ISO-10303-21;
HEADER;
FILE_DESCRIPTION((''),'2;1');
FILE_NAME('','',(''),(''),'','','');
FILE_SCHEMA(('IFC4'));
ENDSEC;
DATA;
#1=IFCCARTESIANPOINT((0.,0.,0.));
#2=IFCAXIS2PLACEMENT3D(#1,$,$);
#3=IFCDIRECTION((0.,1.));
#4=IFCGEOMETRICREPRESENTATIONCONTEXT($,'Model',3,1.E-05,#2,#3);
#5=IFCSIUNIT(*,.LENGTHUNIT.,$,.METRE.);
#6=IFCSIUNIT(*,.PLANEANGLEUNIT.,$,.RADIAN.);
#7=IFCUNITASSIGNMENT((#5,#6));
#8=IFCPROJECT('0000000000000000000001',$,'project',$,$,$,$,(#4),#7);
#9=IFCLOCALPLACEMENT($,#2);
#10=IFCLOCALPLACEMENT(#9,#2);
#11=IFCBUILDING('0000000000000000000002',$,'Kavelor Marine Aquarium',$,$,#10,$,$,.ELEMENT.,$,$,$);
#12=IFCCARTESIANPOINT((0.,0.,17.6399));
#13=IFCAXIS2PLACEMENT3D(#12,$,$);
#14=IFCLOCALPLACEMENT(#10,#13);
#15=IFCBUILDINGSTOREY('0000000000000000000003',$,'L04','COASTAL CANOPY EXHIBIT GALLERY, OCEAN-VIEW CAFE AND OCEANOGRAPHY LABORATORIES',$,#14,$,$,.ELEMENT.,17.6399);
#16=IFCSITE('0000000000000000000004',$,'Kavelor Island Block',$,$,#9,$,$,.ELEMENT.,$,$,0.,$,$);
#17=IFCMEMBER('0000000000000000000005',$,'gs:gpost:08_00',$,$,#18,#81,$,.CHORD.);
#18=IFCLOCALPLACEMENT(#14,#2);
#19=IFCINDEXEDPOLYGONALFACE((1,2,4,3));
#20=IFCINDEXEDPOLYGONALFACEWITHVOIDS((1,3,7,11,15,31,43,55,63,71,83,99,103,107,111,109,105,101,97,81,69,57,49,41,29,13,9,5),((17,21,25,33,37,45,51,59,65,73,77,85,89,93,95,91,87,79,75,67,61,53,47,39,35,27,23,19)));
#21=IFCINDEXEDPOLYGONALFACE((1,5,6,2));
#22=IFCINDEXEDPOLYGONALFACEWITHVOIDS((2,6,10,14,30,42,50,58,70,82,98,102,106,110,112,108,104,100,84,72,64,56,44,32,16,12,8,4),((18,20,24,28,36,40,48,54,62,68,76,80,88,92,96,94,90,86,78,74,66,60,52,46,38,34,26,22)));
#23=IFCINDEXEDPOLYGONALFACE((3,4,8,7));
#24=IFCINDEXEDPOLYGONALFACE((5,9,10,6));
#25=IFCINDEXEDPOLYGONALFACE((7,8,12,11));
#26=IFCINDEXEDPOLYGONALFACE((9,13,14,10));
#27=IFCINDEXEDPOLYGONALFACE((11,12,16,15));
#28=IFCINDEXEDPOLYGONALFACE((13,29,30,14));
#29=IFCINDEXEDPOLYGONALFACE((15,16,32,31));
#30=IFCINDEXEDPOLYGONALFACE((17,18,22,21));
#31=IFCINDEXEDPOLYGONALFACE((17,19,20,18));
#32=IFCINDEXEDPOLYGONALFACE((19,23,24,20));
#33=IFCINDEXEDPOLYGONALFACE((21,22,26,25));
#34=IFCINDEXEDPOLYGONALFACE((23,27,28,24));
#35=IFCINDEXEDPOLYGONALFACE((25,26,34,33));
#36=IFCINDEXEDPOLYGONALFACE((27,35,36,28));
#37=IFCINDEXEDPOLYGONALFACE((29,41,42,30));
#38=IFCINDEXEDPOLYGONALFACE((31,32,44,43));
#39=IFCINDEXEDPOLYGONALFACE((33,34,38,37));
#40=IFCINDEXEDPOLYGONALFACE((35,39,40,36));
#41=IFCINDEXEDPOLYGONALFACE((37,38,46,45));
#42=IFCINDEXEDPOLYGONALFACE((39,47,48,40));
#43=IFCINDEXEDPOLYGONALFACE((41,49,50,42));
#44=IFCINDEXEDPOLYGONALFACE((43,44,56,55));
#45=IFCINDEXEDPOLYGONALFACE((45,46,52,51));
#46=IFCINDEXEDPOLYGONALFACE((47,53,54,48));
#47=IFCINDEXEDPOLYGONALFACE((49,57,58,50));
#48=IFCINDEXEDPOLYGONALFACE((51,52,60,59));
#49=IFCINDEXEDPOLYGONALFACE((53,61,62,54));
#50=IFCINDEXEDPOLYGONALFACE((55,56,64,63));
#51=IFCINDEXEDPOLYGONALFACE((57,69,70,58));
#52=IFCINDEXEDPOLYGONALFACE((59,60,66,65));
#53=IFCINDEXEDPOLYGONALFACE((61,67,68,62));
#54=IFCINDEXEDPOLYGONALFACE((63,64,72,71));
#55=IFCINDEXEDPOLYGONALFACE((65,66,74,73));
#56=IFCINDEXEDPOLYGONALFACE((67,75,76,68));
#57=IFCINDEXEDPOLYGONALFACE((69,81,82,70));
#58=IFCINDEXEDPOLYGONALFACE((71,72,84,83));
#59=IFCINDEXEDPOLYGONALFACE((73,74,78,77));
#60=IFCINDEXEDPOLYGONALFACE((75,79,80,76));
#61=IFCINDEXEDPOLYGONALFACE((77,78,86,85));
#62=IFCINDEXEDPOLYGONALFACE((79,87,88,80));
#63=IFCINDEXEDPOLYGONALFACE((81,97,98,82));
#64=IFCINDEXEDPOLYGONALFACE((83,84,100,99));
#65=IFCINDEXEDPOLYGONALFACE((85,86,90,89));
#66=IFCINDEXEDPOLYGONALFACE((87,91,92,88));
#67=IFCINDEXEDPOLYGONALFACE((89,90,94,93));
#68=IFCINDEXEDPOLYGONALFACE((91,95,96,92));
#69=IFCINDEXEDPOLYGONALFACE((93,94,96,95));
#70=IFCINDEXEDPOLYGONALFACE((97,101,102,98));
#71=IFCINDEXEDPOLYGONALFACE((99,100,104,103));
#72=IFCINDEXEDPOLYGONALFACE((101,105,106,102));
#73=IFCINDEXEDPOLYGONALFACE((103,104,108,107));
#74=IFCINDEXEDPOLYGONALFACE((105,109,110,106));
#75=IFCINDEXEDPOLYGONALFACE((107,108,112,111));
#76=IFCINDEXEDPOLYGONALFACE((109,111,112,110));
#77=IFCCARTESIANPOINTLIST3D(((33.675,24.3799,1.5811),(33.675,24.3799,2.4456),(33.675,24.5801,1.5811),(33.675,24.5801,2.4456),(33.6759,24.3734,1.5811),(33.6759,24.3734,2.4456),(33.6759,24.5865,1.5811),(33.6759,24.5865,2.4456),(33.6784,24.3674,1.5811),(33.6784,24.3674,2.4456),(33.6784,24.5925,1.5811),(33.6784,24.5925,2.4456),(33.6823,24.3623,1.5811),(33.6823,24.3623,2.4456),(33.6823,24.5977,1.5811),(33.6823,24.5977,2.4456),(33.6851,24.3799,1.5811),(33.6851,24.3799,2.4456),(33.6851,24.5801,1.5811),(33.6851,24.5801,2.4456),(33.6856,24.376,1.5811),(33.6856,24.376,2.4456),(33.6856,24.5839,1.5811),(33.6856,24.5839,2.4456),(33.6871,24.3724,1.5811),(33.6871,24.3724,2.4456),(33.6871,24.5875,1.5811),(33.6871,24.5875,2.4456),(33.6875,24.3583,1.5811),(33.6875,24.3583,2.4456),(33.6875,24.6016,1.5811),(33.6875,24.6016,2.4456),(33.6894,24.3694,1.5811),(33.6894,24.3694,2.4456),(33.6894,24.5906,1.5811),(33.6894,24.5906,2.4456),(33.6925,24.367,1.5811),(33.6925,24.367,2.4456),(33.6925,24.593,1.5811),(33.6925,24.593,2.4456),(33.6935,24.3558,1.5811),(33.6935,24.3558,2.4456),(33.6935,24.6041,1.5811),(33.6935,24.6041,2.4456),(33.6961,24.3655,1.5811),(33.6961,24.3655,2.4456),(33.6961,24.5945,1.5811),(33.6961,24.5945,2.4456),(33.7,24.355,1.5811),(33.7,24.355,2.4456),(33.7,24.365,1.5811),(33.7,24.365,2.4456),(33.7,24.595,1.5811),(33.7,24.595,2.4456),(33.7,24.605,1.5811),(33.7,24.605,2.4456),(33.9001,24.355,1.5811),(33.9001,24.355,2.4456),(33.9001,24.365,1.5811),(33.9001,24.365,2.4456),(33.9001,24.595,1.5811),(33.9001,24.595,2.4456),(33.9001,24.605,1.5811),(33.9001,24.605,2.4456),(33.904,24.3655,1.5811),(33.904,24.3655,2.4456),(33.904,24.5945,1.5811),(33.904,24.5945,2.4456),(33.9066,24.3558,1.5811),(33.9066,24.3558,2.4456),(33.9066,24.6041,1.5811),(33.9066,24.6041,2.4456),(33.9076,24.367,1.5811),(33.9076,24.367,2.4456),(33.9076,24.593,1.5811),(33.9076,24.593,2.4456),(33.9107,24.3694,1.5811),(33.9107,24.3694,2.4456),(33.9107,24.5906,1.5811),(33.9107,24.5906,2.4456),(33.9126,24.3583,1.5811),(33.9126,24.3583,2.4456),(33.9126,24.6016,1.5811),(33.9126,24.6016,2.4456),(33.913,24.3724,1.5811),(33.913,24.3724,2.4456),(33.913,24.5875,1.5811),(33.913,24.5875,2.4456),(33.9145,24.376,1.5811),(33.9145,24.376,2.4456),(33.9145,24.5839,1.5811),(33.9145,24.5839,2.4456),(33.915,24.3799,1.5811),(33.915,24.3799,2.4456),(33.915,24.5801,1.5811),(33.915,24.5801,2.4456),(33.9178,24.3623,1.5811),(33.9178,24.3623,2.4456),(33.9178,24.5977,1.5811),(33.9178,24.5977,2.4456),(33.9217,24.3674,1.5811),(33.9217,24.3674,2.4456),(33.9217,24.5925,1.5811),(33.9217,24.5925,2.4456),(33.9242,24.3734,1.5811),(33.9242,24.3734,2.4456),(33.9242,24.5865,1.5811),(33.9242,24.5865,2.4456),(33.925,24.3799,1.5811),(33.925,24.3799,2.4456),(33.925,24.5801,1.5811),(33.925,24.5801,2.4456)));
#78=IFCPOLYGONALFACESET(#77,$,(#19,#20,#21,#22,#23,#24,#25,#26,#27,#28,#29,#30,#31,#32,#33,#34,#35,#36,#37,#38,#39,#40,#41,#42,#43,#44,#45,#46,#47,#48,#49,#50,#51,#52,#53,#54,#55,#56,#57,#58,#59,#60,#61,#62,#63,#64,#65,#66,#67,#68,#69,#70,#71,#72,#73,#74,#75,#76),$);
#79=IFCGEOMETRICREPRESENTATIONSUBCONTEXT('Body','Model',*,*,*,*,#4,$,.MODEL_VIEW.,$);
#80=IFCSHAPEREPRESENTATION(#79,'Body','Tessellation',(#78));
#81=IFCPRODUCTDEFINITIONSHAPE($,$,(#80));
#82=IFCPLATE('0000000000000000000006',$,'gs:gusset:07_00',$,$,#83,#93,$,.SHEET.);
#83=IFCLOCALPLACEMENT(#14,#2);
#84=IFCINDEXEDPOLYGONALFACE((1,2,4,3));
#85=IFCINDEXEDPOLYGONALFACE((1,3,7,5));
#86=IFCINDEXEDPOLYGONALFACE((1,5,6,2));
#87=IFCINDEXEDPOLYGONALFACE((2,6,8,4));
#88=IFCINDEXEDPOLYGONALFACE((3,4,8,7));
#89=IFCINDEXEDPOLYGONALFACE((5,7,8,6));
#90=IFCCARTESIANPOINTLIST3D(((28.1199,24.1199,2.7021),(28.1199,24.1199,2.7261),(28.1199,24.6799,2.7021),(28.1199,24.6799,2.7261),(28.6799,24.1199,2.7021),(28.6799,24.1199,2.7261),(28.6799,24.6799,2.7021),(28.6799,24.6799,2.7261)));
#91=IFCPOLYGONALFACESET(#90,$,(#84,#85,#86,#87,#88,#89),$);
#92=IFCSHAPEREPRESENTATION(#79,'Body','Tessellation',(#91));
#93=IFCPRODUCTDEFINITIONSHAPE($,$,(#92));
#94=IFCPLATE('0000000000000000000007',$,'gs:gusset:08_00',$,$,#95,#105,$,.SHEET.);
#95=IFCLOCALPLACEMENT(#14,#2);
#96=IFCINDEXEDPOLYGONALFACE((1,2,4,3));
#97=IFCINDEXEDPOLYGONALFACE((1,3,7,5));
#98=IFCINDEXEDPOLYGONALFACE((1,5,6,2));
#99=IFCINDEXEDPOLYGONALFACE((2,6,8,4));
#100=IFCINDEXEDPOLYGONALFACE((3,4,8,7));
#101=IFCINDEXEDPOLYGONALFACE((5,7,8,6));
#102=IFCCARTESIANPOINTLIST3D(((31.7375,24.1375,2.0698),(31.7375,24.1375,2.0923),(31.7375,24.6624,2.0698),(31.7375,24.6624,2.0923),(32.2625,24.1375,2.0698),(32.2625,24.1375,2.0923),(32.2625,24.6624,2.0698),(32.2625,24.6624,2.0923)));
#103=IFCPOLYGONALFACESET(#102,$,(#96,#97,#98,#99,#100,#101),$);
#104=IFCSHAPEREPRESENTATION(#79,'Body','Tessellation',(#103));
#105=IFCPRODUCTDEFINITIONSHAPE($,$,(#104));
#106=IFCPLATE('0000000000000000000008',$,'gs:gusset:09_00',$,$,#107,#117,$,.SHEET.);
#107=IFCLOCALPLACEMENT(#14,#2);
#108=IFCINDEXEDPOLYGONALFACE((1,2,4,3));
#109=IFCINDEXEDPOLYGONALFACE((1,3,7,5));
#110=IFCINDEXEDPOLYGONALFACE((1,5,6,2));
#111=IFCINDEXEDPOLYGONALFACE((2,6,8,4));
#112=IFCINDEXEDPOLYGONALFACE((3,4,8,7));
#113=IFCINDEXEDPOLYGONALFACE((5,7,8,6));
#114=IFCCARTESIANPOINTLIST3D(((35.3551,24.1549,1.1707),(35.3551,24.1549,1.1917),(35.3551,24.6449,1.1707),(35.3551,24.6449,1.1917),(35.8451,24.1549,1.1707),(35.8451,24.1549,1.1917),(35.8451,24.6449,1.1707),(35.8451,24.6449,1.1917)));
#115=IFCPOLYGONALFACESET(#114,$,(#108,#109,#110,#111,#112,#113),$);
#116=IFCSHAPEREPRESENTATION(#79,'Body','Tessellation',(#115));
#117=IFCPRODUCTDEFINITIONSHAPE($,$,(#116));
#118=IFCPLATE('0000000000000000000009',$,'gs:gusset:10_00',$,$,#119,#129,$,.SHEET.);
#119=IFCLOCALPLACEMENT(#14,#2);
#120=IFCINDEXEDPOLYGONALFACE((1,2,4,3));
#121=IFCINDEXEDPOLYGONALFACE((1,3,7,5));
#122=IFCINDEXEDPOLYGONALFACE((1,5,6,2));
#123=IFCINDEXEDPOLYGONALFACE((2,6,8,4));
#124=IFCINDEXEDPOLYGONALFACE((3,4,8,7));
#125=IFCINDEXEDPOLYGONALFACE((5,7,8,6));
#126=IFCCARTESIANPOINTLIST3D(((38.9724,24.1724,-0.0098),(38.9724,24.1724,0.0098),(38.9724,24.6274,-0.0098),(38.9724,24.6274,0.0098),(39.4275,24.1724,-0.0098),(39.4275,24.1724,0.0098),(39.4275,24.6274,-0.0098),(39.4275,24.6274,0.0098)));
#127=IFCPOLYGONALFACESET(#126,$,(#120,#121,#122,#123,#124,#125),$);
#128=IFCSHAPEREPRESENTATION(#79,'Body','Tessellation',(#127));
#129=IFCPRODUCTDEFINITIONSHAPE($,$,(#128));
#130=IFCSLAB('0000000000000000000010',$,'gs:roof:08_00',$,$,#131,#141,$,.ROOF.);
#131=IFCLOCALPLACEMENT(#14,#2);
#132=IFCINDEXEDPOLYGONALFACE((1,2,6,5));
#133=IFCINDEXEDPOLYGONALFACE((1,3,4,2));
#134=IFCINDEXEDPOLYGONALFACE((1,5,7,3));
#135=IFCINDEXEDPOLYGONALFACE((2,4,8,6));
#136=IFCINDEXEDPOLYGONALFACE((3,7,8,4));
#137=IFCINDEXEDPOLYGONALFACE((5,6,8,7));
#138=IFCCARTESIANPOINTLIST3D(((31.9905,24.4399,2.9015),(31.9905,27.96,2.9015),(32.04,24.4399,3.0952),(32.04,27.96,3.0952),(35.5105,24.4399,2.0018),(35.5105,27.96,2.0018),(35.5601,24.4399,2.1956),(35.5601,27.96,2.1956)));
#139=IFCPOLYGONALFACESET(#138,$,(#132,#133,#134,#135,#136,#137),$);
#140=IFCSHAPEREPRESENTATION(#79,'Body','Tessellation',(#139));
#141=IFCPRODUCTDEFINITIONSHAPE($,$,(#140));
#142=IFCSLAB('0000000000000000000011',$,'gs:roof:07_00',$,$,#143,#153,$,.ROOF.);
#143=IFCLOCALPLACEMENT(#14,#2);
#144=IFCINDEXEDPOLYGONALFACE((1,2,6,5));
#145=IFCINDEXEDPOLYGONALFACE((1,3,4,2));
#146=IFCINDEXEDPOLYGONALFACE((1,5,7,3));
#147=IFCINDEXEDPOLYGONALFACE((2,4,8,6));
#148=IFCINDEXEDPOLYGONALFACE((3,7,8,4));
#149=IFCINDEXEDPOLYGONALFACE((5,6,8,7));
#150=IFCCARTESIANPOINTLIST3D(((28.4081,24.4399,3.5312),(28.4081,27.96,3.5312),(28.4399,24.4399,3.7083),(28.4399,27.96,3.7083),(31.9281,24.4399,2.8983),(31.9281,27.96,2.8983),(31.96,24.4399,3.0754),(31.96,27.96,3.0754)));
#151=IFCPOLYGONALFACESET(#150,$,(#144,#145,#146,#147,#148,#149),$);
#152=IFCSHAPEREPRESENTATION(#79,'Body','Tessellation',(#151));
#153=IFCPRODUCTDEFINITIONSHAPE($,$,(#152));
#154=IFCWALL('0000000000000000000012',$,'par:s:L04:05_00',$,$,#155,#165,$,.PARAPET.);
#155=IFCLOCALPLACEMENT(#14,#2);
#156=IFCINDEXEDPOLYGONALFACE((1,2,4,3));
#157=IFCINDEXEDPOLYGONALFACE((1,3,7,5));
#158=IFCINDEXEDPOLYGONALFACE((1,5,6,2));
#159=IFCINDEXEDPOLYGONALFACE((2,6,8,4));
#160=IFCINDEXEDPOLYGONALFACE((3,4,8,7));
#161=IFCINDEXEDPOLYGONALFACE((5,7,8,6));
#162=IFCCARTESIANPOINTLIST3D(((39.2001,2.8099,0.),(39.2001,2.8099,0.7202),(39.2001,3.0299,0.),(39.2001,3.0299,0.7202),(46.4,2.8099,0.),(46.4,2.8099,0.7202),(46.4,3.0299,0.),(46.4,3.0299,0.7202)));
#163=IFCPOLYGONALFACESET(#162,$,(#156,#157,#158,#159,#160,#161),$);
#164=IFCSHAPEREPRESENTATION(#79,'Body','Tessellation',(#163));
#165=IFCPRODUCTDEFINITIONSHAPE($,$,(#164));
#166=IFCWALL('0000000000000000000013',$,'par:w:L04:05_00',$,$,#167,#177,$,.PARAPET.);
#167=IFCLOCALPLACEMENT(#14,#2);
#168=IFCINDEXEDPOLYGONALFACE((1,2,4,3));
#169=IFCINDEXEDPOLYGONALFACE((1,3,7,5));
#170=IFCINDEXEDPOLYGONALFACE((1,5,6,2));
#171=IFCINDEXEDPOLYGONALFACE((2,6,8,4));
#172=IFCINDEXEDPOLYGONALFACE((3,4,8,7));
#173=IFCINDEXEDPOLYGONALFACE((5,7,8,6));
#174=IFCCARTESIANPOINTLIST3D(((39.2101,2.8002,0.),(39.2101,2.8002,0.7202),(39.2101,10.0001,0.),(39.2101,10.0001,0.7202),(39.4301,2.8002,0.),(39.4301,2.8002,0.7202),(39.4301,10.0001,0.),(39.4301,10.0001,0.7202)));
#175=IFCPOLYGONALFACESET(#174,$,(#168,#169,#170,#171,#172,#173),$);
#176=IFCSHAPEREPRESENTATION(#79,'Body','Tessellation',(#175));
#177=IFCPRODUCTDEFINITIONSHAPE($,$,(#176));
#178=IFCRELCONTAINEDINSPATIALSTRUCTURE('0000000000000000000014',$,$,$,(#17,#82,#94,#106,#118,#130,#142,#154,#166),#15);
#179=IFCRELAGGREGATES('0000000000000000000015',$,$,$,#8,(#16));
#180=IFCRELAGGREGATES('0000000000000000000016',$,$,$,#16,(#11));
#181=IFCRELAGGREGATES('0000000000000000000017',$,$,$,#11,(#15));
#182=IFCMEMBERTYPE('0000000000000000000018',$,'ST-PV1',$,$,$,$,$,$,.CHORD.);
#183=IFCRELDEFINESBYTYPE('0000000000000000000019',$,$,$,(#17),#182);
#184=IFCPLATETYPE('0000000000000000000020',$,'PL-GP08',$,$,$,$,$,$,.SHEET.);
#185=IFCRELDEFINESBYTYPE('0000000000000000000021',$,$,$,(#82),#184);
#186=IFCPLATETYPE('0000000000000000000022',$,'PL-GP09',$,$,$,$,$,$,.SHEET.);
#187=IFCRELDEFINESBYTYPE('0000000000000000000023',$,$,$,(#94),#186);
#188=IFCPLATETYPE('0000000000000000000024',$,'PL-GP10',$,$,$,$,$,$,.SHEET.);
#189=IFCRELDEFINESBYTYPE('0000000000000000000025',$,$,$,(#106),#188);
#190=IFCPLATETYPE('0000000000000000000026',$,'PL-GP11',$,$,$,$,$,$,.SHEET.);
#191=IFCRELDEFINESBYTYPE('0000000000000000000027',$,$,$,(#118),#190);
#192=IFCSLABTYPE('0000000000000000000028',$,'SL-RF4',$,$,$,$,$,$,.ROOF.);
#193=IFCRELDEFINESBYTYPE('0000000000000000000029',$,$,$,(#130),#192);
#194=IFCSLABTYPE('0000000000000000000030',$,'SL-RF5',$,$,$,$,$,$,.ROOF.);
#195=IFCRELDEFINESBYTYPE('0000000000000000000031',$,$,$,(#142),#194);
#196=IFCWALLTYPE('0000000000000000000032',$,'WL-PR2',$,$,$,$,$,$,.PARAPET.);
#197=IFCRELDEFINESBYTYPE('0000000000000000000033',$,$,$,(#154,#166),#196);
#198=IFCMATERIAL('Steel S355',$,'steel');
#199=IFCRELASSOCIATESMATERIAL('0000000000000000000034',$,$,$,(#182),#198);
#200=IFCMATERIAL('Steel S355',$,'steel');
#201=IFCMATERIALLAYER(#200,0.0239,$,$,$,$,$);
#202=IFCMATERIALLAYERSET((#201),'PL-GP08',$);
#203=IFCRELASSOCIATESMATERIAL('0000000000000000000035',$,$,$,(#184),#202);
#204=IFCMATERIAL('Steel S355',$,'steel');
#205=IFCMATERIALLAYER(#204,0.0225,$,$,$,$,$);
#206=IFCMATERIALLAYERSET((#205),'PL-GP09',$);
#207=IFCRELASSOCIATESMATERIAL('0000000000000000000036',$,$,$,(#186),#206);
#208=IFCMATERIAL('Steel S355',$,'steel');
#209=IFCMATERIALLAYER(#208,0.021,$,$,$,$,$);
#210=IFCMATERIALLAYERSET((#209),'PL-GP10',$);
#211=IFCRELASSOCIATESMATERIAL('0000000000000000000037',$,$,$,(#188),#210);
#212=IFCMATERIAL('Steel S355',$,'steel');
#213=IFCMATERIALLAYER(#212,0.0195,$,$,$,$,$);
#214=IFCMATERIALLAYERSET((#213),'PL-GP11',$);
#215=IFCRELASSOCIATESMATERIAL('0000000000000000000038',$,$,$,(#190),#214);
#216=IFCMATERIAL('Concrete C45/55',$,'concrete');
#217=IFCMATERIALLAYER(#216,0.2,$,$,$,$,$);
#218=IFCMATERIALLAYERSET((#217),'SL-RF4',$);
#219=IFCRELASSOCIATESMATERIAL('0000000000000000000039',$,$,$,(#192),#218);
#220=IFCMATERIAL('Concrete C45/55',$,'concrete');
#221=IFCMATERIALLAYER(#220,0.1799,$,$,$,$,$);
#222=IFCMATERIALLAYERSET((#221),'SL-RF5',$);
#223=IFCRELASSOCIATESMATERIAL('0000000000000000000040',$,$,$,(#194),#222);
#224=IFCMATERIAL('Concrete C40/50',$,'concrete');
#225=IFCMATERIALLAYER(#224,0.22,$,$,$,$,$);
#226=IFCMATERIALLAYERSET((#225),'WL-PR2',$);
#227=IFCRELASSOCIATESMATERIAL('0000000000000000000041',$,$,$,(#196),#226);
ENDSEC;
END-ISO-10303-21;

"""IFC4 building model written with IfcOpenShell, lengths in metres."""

from ifc_helpers import new_model, si_unit, direction, frame, frame_2d, origin, origin_2d, place, context, subcontext, project, spatial, polyline, rectangle, hollow_rectangle, outline, extrude, material, layer, layer_set, material_profile, profile_set, type_object, element, save


model = new_model("IFC4")

# Units and contexts
model_context = context("Model", 3, precision=1e-05, world=origin(), true_north=direction((0.0, 1.0)))
body_context = subcontext(model_context, "Body", "Model", "MODEL_VIEW")
ifc_project = project(units=[si_unit("LENGTHUNIT", "METRE"), si_unit("PLANEANGLEUNIT", "RADIAN")], contexts=[model_context])

# Site, building, storey
site_placement = place(None, origin())
site = spatial("IfcSite", under=ifc_project, at=site_placement, Name="Kavelor Island Block", CompositionType="ELEMENT", RefElevation=0.0)
building_placement = place(site_placement, origin())
building = spatial("IfcBuilding", under=site, at=building_placement, Name="Kavelor Marine Aquarium", CompositionType="ELEMENT")
storey_placement = place(building_placement, frame((0.0, 0.0, 17.6399)))
storey = spatial("IfcBuildingStorey", under=building, at=storey_placement, Name="L04", Description="COASTAL CANOPY EXHIBIT GALLERY, OCEAN-VIEW CAFE AND OCEANOGRAPHY LABORATORIES", CompositionType="ELEMENT", Elevation=17.6399)

# Member
ifc_material_1 = material(Name="Steel S355", Category="steel")
ifc_material_profile_1 = material_profile(ifc_material_1, hollow_rectangle(XDim=0.25, YDim=0.25, WallThickness=0.01, InnerFilletRadius=0.0149, OuterFilletRadius=0.0249, at=origin_2d()), Name="SHS 250x250x10.0")
ifc_profile_set_1 = profile_set([ifc_material_profile_1], Name="Steel S355")
member_type_1 = type_object("IfcMemberType", Name="ST-PV1", PredefinedType="CHORD", material=ifc_profile_set_1)
for number, where, z_axis, x_axis, name in (
    (1, (33.8, 24.48, 1.5811), (0.0, 0.0, 1.0), (1.0, 0.0, 0.0), "gs:gpost:08_00"),
):
    element("IfcMember", number, at=place(storey_placement, frame(where, z_axis=z_axis, x_axis=x_axis)), inside=storey, type_object=member_type_1, Name=name, PredefinedType="CHORD", context=body_context, shape_type="SweptSolid", body=[
        extrude(hollow_rectangle(XDim=0.25, YDim=0.25, WallThickness=0.01, InnerFilletRadius=0.0149, OuterFilletRadius=0.0249, at=origin_2d()), origin(), (0.0, 0.0, 1.0), 0.8645),
    ])

# Plates
ifc_material_2 = material(Name="Steel S355", Category="steel")
ifc_layer_1 = layer(ifc_material_2, 0.0239)
ifc_layer_set_1 = layer_set([ifc_layer_1], Name="PL-GP08")
plate_type_1 = type_object("IfcPlateType", Name="PL-GP08", PredefinedType="SHEET", material=ifc_layer_set_1)
plate_1_placement = place(storey_placement, frame((28.3999, 24.3999, 2.7021), z_axis=(0.0, 0.0, 1.0), x_axis=(1.0, 0.0, 0.0)))
element("IfcPlate", 2, at=plate_1_placement, inside=storey, type_object=plate_type_1, Name="gs:gusset:07_00", PredefinedType="SHEET", context=body_context, shape_type="SweptSolid", body=[
    extrude(rectangle(XDim=0.5601, YDim=0.5601, at=origin_2d()), origin(), (0.0, 0.0, 1.0), 0.0239),
])
ifc_material_3 = material(Name="Steel S355", Category="steel")
ifc_layer_2 = layer(ifc_material_3, 0.0225)
ifc_layer_set_2 = layer_set([ifc_layer_2], Name="PL-GP09")
plate_type_2 = type_object("IfcPlateType", Name="PL-GP09", PredefinedType="SHEET", material=ifc_layer_set_2)
plate_2_placement = place(storey_placement, frame((32.0, 24.3999, 2.0698), z_axis=(0.0, 0.0, 1.0), x_axis=(1.0, 0.0, 0.0)))
element("IfcPlate", 3, at=plate_2_placement, inside=storey, type_object=plate_type_2, Name="gs:gusset:08_00", PredefinedType="SHEET", context=body_context, shape_type="SweptSolid", body=[
    extrude(rectangle(XDim=0.5249, YDim=0.5249, at=origin_2d()), origin(), (0.0, 0.0, 1.0), 0.0225),
])
ifc_material_4 = material(Name="Steel S355", Category="steel")
ifc_layer_3 = layer(ifc_material_4, 0.021)
ifc_layer_set_3 = layer_set([ifc_layer_3], Name="PL-GP10")
plate_type_3 = type_object("IfcPlateType", Name="PL-GP10", PredefinedType="SHEET", material=ifc_layer_set_3)
plate_3_placement = place(storey_placement, frame((35.6001, 24.3999, 1.1707), z_axis=(0.0, 0.0, 1.0), x_axis=(1.0, 0.0, 0.0)))
element("IfcPlate", 4, at=plate_3_placement, inside=storey, type_object=plate_type_3, Name="gs:gusset:09_00", PredefinedType="SHEET", context=body_context, shape_type="SweptSolid", body=[
    extrude(rectangle(XDim=0.49, YDim=0.49, at=origin_2d()), origin(), (0.0, 0.0, 1.0), 0.021),
])
ifc_material_5 = material(Name="Steel S355", Category="steel")
ifc_layer_4 = layer(ifc_material_5, 0.0195)
ifc_layer_set_4 = layer_set([ifc_layer_4], Name="PL-GP11")
plate_type_4 = type_object("IfcPlateType", Name="PL-GP11", PredefinedType="SHEET", material=ifc_layer_set_4)
plate_4_placement = place(storey_placement, frame((39.2, 24.3999, -0.0098), z_axis=(0.0, 0.0, 1.0), x_axis=(1.0, 0.0, 0.0)))
element("IfcPlate", 5, at=plate_4_placement, inside=storey, type_object=plate_type_4, Name="gs:gusset:10_00", PredefinedType="SHEET", context=body_context, shape_type="SweptSolid", body=[
    extrude(rectangle(XDim=0.4551, YDim=0.4551, at=origin_2d()), origin(), (0.0, 0.0, 1.0), 0.0195),
])

# Slabs
ifc_material_6 = material(Name="Concrete C45/55", Category="concrete")
ifc_layer_5 = layer(ifc_material_6, 0.2)
ifc_layer_set_5 = layer_set([ifc_layer_5], Name="SL-RF4")
slab_type_1 = type_object("IfcSlabType", Name="SL-RF4", PredefinedType="ROOF", material=ifc_layer_set_5)
slab_1_placement = place(storey_placement, frame((32.04, 24.4399, 3.0952), z_axis=(0.247623, 0.0, 0.968856), x_axis=(0.968856, 0.0, -0.247623)))
element("IfcSlab", 6, at=slab_1_placement, inside=storey, type_object=slab_type_1, Name="gs:roof:08_00", PredefinedType="ROOF", context=body_context, shape_type="SweptSolid", body=[
    extrude(outline(polyline([(0.0, 0.0), (3.6332, 0.0), (3.6332, 3.52), (0.0, 3.52), (0.0, 0.0)])), origin(), (0.0, 0.0, -1.0), 0.2),
])
ifc_material_7 = material(Name="Concrete C45/55", Category="concrete")
ifc_layer_6 = layer(ifc_material_7, 0.1799)
ifc_layer_set_6 = layer_set([ifc_layer_6], Name="SL-RF5")
slab_type_2 = type_object("IfcSlabType", Name="SL-RF5", PredefinedType="ROOF", material=ifc_layer_set_6)
slab_2_placement = place(storey_placement, frame((28.4399, 24.4399, 3.7083), z_axis=(0.176939, 0.0, 0.984222), x_axis=(0.984222, 0.0, -0.176939)))
element("IfcSlab", 7, at=slab_2_placement, inside=storey, type_object=slab_type_2, Name="gs:roof:07_00", PredefinedType="ROOF", context=body_context, shape_type="SweptSolid", body=[
    extrude(outline(polyline([(0.0, 0.0), (3.5764, 0.0), (3.5764, 3.52), (0.0, 3.52), (0.0, 0.0)])), origin(), (0.0, 0.0, -1.0), 0.1799),
])

# Walls
ifc_material_8 = material(Name="Concrete C40/50", Category="concrete")
ifc_layer_7 = layer(ifc_material_8, 0.22)
ifc_layer_set_7 = layer_set([ifc_layer_7], Name="WL-PR2")
wall_type = type_object("IfcWallType", Name="WL-PR2", PredefinedType="PARAPET", material=ifc_layer_set_7)
for number, where, z_axis, x_axis, name in (
    (8, (39.2, 2.9199, 0.0), (0.0, 0.0, 1.0), (1.0, 0.0, 0.0), "par:s:L04:05_00"),
    (9, (39.3201, 2.8, 0.0), (0.0, 0.0, 1.0), (0.0, 1.0, 0.0), "par:w:L04:05_00"),
):
    element("IfcWall", number, at=place(storey_placement, frame(where, z_axis=z_axis, x_axis=x_axis)), inside=storey, type_object=wall_type, Name=name, PredefinedType="PARAPET", context=body_context, shape_type="SweptSolid", body=[
        extrude(rectangle(XDim=7.2, YDim=0.22, at=frame_2d((3.6001, 0.0))), origin(), (0.0, 0.0, 1.0), 0.7202),
    ])

save(model, "model.ifc")
